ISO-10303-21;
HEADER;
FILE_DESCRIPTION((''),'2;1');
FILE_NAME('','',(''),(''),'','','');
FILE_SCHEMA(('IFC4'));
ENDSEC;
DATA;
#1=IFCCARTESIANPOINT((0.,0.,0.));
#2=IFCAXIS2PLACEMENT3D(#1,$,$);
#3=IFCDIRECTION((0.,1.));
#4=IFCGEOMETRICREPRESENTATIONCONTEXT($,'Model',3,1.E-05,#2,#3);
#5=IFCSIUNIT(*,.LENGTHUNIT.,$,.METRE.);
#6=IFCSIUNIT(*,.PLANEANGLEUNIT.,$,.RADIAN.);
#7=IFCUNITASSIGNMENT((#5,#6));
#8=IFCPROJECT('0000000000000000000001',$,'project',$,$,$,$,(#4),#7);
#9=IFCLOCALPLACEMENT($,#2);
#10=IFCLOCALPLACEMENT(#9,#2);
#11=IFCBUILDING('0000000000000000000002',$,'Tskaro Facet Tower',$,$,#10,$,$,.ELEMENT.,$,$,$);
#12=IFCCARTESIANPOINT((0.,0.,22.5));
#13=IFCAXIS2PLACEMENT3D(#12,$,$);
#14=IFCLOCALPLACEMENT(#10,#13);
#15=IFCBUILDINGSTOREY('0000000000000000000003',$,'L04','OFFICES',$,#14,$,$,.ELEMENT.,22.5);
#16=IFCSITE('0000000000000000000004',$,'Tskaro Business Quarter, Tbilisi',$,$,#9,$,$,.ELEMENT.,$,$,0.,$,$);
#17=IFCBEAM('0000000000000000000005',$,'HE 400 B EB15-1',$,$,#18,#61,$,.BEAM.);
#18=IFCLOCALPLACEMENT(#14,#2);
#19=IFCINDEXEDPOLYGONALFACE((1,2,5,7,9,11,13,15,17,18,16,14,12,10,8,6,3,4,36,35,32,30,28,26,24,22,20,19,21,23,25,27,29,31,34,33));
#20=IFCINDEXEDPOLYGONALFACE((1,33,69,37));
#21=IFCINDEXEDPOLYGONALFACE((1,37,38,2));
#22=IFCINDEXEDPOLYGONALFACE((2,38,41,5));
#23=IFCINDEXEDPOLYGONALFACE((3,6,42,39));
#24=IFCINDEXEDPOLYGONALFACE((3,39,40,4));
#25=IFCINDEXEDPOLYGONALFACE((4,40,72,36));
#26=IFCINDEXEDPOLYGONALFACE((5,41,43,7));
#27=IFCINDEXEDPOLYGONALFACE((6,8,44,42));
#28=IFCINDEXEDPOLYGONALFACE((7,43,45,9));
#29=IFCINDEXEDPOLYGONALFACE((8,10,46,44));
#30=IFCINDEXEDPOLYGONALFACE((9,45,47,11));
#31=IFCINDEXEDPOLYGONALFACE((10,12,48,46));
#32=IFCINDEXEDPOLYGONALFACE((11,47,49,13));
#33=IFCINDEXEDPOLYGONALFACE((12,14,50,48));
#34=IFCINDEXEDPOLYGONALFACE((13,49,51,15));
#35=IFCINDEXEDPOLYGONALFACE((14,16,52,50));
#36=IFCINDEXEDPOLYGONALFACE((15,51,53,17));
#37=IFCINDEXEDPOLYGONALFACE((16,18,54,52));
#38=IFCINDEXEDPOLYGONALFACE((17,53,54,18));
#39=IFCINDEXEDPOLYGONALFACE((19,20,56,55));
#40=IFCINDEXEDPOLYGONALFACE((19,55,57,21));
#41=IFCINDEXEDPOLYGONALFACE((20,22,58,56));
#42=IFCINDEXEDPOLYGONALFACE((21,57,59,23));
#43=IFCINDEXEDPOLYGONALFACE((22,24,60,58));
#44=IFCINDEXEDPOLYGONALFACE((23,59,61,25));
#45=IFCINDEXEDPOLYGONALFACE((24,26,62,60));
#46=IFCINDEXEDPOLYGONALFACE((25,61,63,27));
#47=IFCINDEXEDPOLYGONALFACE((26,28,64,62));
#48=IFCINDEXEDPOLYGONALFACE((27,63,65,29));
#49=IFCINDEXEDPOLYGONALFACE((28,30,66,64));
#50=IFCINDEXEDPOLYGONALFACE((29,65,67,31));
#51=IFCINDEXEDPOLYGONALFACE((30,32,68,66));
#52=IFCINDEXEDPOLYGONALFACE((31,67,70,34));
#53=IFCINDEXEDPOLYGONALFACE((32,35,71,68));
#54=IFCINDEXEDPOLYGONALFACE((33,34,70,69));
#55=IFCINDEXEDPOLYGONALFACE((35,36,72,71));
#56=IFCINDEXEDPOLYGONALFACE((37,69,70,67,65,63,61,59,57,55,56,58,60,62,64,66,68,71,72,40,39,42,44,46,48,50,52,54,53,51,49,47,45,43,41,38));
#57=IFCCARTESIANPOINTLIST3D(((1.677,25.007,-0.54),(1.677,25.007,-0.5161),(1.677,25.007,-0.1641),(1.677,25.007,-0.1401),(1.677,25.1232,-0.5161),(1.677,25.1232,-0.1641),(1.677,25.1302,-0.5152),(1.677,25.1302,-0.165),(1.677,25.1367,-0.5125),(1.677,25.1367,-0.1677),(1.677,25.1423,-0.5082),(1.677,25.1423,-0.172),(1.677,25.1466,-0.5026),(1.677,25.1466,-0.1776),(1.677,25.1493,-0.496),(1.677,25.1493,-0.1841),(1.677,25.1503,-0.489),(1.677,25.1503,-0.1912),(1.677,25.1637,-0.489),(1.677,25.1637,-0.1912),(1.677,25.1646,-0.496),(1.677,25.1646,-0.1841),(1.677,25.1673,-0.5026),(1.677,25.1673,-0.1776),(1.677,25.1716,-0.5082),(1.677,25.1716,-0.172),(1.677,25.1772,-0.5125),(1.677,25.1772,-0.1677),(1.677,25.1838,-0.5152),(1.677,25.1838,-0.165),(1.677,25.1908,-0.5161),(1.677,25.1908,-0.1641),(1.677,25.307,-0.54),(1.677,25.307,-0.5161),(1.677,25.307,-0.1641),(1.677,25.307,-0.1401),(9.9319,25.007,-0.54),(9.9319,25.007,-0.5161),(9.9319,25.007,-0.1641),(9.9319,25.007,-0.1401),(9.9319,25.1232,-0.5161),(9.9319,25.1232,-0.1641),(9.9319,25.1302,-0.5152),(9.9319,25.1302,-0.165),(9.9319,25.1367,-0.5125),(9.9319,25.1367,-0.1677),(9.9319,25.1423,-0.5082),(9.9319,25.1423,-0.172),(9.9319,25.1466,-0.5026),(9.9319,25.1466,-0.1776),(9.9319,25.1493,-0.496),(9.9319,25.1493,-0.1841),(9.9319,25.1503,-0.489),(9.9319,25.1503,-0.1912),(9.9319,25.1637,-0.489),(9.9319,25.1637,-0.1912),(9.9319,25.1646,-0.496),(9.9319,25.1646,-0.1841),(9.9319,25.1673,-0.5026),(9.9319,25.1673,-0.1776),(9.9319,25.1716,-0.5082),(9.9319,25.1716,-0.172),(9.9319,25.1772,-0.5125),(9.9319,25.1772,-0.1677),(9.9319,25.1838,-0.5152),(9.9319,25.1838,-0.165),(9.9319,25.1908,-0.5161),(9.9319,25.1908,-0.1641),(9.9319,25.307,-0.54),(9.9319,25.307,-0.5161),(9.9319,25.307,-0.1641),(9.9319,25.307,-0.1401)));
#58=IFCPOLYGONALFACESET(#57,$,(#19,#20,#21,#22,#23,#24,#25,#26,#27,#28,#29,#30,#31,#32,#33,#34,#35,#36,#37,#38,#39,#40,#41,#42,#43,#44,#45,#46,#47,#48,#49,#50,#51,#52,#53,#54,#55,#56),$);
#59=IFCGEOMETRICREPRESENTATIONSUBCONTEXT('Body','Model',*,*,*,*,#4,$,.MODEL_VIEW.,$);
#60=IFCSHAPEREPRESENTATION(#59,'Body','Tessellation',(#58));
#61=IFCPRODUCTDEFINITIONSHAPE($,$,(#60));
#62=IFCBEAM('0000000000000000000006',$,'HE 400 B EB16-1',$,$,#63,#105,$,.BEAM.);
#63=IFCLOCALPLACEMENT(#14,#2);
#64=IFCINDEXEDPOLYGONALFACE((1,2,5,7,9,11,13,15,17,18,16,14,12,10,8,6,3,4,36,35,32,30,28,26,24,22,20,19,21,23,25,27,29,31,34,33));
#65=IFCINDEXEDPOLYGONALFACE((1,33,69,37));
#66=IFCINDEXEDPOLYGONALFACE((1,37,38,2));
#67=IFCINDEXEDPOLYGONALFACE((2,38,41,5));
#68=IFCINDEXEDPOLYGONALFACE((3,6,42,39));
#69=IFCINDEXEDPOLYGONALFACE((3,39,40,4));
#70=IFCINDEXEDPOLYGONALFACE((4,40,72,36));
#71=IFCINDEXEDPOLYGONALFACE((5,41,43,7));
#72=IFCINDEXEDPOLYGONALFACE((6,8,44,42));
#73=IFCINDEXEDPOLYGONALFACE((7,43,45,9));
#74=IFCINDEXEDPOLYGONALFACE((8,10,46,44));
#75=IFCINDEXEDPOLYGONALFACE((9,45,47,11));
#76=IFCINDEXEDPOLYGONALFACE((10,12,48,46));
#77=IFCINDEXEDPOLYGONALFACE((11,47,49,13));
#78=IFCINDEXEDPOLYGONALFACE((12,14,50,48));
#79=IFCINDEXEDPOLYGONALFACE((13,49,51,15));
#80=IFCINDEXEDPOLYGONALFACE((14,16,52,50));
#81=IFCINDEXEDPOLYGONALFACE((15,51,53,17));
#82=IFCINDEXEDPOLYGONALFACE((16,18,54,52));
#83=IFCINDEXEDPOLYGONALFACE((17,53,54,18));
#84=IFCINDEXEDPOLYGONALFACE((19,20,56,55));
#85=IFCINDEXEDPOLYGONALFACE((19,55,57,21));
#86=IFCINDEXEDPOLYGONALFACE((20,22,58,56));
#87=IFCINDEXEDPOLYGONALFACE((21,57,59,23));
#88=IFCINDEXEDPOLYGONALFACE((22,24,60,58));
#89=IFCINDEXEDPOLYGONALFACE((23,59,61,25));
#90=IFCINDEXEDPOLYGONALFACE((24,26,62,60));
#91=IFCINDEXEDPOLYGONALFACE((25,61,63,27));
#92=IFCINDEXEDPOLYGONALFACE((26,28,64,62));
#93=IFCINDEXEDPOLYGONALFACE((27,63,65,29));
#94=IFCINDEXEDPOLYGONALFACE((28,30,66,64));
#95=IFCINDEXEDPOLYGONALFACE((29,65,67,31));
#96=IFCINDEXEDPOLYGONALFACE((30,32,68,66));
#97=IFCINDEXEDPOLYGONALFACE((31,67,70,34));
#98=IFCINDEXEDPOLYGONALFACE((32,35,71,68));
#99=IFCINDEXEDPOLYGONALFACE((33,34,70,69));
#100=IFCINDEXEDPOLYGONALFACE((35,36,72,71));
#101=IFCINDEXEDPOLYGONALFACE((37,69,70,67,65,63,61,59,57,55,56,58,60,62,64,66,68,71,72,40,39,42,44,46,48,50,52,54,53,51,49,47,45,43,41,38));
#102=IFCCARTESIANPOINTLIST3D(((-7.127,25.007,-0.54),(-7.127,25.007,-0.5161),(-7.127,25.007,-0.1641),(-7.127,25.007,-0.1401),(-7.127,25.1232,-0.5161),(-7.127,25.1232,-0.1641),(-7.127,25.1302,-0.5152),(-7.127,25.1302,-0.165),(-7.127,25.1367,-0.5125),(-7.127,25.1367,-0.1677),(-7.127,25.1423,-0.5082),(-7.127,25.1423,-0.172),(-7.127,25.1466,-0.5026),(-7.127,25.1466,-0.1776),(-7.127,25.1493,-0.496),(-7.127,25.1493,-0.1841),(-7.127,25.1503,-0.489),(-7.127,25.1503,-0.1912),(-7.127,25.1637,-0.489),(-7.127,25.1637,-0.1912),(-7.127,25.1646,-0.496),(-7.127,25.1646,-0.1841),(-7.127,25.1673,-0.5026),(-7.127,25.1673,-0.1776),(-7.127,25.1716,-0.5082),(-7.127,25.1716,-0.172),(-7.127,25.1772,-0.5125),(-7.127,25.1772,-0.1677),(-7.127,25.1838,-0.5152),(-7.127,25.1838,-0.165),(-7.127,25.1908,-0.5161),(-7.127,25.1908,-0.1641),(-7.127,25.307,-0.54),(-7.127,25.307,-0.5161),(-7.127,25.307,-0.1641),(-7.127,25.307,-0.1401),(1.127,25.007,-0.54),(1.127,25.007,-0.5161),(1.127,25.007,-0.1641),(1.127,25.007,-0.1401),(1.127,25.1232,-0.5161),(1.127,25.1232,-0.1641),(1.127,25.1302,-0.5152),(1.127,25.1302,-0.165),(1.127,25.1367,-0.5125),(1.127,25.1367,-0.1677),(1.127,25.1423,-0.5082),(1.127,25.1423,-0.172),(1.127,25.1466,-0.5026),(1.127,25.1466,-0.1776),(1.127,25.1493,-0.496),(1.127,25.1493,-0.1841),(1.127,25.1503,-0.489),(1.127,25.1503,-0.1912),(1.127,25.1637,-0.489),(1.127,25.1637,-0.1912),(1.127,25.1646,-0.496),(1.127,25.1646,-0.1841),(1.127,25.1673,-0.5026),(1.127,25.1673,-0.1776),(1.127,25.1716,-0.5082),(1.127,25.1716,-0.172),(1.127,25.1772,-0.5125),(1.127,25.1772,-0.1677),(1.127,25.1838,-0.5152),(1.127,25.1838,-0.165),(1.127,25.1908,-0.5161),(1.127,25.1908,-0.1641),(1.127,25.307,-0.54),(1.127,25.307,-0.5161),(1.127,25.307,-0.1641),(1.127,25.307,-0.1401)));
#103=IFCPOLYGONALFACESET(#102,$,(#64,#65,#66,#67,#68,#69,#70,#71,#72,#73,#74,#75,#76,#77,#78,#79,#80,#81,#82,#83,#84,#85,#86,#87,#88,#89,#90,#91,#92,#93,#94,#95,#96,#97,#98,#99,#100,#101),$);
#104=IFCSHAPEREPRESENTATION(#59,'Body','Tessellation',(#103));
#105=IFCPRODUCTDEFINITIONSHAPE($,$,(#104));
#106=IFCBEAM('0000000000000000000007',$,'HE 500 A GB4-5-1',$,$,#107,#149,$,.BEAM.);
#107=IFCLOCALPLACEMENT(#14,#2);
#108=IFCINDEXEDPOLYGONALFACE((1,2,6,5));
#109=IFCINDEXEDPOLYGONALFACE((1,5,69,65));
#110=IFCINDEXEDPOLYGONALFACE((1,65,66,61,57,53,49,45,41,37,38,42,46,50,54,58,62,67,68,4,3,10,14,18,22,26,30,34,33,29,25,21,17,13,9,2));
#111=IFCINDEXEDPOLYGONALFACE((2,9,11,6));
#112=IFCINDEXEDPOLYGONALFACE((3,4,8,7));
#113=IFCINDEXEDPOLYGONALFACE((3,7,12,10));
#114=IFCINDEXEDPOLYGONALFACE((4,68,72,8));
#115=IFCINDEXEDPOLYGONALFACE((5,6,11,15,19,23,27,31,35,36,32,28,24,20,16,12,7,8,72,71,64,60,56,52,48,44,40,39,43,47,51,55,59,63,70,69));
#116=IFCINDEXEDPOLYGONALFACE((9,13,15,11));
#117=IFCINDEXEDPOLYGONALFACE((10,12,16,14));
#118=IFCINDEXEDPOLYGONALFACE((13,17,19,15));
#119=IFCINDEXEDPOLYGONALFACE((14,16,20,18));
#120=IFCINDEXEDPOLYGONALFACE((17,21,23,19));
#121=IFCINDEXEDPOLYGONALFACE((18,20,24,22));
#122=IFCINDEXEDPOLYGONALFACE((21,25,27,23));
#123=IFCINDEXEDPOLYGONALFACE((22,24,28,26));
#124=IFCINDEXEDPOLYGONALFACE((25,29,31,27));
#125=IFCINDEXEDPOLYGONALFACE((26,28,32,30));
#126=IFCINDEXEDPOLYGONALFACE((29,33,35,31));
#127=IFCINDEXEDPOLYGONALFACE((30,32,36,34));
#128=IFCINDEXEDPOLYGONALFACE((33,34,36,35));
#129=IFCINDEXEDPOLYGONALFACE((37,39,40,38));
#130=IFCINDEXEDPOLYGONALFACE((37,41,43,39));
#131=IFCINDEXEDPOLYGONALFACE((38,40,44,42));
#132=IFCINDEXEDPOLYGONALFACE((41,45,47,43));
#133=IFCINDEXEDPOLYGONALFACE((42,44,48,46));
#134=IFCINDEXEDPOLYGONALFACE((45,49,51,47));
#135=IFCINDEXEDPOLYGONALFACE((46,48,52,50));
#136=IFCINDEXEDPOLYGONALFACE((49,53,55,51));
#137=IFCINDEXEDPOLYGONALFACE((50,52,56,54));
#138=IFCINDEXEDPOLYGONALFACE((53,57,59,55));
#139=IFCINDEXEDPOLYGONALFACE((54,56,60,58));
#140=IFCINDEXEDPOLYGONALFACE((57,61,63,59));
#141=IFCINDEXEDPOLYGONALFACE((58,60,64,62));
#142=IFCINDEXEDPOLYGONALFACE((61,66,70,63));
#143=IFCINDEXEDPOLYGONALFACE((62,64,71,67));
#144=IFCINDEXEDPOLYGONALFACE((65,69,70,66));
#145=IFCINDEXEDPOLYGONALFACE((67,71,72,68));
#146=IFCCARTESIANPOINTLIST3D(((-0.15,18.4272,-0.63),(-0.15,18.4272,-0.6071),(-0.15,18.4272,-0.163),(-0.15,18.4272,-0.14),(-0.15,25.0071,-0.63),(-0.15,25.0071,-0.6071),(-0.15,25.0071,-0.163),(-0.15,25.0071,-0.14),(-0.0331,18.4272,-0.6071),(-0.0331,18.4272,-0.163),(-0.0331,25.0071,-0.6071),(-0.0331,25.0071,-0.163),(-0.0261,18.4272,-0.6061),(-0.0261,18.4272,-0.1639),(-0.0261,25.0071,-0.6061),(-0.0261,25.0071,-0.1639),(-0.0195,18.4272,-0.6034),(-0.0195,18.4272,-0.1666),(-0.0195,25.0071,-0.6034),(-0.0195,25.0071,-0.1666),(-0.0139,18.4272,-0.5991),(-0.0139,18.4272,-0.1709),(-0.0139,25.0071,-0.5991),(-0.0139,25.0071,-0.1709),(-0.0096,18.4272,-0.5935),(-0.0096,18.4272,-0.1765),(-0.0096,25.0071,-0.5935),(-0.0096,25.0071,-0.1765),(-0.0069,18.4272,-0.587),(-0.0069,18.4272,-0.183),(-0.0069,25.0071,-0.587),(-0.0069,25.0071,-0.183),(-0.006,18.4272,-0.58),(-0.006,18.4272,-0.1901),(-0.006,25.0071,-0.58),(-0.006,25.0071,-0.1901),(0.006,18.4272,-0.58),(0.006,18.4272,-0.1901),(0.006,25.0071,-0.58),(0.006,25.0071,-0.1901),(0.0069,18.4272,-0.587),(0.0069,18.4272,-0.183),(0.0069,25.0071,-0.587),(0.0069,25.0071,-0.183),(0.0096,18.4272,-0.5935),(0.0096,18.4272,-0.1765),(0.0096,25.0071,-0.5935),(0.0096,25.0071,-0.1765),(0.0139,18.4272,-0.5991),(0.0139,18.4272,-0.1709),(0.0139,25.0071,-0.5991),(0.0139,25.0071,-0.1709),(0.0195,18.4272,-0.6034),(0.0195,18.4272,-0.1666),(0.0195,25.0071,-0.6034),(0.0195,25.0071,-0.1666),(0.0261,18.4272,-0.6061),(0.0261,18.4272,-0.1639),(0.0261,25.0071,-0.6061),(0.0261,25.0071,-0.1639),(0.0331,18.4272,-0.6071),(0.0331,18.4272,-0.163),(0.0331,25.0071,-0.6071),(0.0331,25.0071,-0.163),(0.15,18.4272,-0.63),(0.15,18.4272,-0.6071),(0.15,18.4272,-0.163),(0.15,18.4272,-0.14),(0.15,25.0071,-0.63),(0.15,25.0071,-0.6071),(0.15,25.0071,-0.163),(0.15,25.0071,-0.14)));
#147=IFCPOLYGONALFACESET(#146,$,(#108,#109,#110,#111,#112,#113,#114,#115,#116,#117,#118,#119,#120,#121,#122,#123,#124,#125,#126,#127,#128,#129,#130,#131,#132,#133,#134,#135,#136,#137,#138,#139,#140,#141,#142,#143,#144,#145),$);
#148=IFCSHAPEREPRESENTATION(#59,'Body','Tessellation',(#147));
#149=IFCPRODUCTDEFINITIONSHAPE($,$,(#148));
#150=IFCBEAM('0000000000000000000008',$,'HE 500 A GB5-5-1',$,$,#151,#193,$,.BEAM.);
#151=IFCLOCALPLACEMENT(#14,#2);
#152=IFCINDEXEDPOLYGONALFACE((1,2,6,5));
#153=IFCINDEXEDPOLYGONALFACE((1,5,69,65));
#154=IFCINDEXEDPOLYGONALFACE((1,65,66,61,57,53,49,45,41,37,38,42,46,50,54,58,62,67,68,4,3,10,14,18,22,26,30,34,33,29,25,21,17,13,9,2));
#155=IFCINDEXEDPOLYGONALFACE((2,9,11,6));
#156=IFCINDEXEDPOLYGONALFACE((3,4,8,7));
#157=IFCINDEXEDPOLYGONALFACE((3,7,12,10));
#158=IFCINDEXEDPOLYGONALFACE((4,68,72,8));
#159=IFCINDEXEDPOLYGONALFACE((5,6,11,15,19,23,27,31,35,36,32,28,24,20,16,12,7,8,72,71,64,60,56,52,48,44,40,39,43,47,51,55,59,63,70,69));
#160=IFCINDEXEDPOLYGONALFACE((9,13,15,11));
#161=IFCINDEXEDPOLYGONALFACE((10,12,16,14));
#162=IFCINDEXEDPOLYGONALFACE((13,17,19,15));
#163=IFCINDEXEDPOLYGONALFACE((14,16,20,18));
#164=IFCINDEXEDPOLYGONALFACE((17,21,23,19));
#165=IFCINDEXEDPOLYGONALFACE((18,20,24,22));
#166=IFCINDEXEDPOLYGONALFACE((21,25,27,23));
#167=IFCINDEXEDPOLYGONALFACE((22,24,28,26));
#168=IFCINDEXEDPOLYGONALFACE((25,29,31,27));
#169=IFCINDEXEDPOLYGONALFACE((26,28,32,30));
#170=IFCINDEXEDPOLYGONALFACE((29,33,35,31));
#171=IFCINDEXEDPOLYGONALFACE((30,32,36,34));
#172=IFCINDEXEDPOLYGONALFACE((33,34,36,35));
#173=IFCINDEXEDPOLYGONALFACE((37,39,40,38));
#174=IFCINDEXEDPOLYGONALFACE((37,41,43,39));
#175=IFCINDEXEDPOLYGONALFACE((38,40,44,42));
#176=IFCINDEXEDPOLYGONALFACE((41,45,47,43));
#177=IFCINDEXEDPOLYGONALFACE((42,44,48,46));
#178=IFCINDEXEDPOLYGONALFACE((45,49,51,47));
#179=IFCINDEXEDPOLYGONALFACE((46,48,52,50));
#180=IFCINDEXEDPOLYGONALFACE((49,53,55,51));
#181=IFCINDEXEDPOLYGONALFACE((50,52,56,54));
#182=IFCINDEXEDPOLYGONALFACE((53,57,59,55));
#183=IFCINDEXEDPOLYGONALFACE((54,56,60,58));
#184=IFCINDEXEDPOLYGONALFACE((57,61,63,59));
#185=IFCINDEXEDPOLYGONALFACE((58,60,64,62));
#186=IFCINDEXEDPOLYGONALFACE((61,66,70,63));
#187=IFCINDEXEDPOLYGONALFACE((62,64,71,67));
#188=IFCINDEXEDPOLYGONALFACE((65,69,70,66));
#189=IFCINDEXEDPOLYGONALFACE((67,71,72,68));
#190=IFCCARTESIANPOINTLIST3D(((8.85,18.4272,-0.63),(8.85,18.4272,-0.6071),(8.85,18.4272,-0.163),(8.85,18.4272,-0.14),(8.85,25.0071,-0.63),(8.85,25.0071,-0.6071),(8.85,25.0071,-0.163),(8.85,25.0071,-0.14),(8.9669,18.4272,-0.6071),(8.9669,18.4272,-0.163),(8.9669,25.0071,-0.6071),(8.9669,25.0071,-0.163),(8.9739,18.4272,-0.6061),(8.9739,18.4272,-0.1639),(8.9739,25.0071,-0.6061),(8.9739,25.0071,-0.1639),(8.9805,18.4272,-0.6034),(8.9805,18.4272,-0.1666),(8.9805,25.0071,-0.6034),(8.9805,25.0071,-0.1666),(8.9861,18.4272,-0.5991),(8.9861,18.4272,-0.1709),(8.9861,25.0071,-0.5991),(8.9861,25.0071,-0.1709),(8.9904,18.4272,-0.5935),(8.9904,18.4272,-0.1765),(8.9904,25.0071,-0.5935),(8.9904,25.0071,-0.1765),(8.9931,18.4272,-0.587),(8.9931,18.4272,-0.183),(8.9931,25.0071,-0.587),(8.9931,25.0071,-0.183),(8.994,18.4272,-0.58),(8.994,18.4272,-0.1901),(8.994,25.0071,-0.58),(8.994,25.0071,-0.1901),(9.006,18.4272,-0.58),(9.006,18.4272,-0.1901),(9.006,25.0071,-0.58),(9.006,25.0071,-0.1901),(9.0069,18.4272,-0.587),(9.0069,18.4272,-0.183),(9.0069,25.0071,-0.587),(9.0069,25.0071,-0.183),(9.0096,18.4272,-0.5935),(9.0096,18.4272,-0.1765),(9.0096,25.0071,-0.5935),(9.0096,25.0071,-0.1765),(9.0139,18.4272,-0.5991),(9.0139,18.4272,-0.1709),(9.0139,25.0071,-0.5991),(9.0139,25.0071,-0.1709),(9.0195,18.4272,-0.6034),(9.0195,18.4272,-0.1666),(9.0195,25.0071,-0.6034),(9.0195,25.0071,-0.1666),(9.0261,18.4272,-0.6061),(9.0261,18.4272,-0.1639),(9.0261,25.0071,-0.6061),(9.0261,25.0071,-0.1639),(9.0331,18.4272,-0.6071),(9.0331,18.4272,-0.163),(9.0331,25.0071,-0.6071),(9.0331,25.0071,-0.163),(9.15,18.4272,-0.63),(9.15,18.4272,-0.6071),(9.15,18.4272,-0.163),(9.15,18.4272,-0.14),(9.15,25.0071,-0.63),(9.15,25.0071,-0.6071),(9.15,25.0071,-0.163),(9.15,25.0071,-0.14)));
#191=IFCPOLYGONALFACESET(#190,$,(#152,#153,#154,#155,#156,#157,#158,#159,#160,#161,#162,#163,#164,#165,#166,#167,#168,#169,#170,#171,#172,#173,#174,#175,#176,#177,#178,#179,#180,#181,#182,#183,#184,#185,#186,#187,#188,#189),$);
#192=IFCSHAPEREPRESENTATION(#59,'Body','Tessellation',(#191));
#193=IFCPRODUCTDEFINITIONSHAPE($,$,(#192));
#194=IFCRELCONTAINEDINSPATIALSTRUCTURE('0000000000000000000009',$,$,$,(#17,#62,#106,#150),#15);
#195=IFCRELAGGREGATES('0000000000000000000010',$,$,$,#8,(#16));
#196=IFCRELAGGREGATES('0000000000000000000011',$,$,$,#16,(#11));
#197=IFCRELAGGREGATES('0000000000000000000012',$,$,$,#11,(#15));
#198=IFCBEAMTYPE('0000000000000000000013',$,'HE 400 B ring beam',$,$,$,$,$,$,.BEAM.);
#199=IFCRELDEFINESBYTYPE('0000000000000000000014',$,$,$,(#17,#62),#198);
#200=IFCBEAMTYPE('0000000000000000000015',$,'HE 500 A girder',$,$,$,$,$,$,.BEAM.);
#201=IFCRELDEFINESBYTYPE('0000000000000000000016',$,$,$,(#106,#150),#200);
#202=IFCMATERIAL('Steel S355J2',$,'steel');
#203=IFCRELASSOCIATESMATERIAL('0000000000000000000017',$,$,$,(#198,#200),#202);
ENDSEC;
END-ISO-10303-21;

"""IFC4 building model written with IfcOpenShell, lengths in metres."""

from ifc_helpers import new_model, si_unit, direction, frame, origin, origin_2d, place, context, subcontext, project, spatial, i_section, extrude, material, material_profile, profile_set, type_object, element, save


model = new_model("IFC4")

# Units and contexts
model_context = context("Model", 3, precision=1e-05, world=origin(), true_north=direction((0.0, 1.0)))
body_context = subcontext(model_context, "Body", "Model", "MODEL_VIEW")
ifc_project = project(units=[si_unit("LENGTHUNIT", "METRE"), si_unit("PLANEANGLEUNIT", "RADIAN")], contexts=[model_context])

# Site, building, storey
site_placement = place(None, origin())
site = spatial("IfcSite", under=ifc_project, at=site_placement, Name="Tskaro Business Quarter, Tbilisi", CompositionType="ELEMENT", RefElevation=0.0)
building_placement = place(site_placement, origin())
building = spatial("IfcBuilding", under=site, at=building_placement, Name="Tskaro Facet Tower", CompositionType="ELEMENT")
storey_placement = place(building_placement, frame((0.0, 0.0, 22.5)))
storey = spatial("IfcBuildingStorey", under=building, at=storey_placement, Name="L04", Description="OFFICES", CompositionType="ELEMENT", Elevation=22.5)

# Beams
ifc_material_1 = material(Name="Steel S355J2", Category="steel")
ifc_material_profile_1 = material_profile(ifc_material_1, i_section(OverallWidth=0.3, OverallDepth=0.3999, WebThickness=0.0134, FlangeThickness=0.0239, FilletRadius=0.0271, at=origin_2d()), Name="HE 400 B")
ifc_profile_set_1 = profile_set([ifc_material_profile_1], Name="Steel S355J2")
beam_type_1 = type_object("IfcBeamType", Name="HE 400 B ring beam", PredefinedType="BEAM", material=ifc_profile_set_1)
beam_1_placement = place(storey_placement, frame((9.9319, 25.157, -0.3401), z_axis=(-1.0, 0.0, 0.0), x_axis=(0.0, -1.0, 0.0)))
element("IfcBeam", 1, at=beam_1_placement, inside=storey, type_object=beam_type_1, Name="HE 400 B EB15-1", PredefinedType="BEAM", context=body_context, shape_type="SweptSolid", body=[
    extrude(i_section(OverallWidth=0.3, OverallDepth=0.3999, WebThickness=0.0134, FlangeThickness=0.0239, FilletRadius=0.0271, at=origin_2d()), origin(), (0.0, 0.0, 1.0), 8.2549),
])
beam_2_placement = place(storey_placement, frame((1.127, 25.157, -0.3401), z_axis=(-1.0, 0.0, 0.0), x_axis=(0.0, -1.0, 0.0)))
element("IfcBeam", 2, at=beam_2_placement, inside=storey, type_object=beam_type_1, Name="HE 400 B EB16-1", PredefinedType="BEAM", context=body_context, shape_type="SweptSolid", body=[
    extrude(i_section(OverallWidth=0.3, OverallDepth=0.3999, WebThickness=0.0134, FlangeThickness=0.0239, FilletRadius=0.0271, at=origin_2d()), origin(), (0.0, 0.0, 1.0), 8.2539),
])
ifc_material_profile_2 = material_profile(ifc_material_1, i_section(OverallWidth=0.3, OverallDepth=0.49, WebThickness=0.012, FlangeThickness=0.0229, FilletRadius=0.0271, at=origin_2d()), Name="HE 500 A")
ifc_profile_set_2 = profile_set([ifc_material_profile_2], Name="Steel S355J2")
beam_type_2 = type_object("IfcBeamType", Name="HE 500 A girder", PredefinedType="BEAM", material=ifc_profile_set_2)
for number, where, z_axis, x_axis, name in (
    (3, (0.0, 18.4272, -0.385), (0.0, 1.0, 0.0), (-1.0, 0.0, 0.0), "HE 500 A GB4-5-1"),
    (4, (9.0, 18.4272, -0.385), (0.0, 1.0, 0.0), (-1.0, 0.0, 0.0), "HE 500 A GB5-5-1"),
):
    element("IfcBeam", number, at=place(storey_placement, frame(where, z_axis=z_axis, x_axis=x_axis)), inside=storey, type_object=beam_type_2, Name=name, PredefinedType="BEAM", context=body_context, shape_type="SweptSolid", body=[
        extrude(i_section(OverallWidth=0.3, OverallDepth=0.49, WebThickness=0.012, FlangeThickness=0.0229, FilletRadius=0.0271, at=origin_2d()), origin(), (0.0, 0.0, 1.0), 6.5798),
    ])

save(model, "model.ifc")
